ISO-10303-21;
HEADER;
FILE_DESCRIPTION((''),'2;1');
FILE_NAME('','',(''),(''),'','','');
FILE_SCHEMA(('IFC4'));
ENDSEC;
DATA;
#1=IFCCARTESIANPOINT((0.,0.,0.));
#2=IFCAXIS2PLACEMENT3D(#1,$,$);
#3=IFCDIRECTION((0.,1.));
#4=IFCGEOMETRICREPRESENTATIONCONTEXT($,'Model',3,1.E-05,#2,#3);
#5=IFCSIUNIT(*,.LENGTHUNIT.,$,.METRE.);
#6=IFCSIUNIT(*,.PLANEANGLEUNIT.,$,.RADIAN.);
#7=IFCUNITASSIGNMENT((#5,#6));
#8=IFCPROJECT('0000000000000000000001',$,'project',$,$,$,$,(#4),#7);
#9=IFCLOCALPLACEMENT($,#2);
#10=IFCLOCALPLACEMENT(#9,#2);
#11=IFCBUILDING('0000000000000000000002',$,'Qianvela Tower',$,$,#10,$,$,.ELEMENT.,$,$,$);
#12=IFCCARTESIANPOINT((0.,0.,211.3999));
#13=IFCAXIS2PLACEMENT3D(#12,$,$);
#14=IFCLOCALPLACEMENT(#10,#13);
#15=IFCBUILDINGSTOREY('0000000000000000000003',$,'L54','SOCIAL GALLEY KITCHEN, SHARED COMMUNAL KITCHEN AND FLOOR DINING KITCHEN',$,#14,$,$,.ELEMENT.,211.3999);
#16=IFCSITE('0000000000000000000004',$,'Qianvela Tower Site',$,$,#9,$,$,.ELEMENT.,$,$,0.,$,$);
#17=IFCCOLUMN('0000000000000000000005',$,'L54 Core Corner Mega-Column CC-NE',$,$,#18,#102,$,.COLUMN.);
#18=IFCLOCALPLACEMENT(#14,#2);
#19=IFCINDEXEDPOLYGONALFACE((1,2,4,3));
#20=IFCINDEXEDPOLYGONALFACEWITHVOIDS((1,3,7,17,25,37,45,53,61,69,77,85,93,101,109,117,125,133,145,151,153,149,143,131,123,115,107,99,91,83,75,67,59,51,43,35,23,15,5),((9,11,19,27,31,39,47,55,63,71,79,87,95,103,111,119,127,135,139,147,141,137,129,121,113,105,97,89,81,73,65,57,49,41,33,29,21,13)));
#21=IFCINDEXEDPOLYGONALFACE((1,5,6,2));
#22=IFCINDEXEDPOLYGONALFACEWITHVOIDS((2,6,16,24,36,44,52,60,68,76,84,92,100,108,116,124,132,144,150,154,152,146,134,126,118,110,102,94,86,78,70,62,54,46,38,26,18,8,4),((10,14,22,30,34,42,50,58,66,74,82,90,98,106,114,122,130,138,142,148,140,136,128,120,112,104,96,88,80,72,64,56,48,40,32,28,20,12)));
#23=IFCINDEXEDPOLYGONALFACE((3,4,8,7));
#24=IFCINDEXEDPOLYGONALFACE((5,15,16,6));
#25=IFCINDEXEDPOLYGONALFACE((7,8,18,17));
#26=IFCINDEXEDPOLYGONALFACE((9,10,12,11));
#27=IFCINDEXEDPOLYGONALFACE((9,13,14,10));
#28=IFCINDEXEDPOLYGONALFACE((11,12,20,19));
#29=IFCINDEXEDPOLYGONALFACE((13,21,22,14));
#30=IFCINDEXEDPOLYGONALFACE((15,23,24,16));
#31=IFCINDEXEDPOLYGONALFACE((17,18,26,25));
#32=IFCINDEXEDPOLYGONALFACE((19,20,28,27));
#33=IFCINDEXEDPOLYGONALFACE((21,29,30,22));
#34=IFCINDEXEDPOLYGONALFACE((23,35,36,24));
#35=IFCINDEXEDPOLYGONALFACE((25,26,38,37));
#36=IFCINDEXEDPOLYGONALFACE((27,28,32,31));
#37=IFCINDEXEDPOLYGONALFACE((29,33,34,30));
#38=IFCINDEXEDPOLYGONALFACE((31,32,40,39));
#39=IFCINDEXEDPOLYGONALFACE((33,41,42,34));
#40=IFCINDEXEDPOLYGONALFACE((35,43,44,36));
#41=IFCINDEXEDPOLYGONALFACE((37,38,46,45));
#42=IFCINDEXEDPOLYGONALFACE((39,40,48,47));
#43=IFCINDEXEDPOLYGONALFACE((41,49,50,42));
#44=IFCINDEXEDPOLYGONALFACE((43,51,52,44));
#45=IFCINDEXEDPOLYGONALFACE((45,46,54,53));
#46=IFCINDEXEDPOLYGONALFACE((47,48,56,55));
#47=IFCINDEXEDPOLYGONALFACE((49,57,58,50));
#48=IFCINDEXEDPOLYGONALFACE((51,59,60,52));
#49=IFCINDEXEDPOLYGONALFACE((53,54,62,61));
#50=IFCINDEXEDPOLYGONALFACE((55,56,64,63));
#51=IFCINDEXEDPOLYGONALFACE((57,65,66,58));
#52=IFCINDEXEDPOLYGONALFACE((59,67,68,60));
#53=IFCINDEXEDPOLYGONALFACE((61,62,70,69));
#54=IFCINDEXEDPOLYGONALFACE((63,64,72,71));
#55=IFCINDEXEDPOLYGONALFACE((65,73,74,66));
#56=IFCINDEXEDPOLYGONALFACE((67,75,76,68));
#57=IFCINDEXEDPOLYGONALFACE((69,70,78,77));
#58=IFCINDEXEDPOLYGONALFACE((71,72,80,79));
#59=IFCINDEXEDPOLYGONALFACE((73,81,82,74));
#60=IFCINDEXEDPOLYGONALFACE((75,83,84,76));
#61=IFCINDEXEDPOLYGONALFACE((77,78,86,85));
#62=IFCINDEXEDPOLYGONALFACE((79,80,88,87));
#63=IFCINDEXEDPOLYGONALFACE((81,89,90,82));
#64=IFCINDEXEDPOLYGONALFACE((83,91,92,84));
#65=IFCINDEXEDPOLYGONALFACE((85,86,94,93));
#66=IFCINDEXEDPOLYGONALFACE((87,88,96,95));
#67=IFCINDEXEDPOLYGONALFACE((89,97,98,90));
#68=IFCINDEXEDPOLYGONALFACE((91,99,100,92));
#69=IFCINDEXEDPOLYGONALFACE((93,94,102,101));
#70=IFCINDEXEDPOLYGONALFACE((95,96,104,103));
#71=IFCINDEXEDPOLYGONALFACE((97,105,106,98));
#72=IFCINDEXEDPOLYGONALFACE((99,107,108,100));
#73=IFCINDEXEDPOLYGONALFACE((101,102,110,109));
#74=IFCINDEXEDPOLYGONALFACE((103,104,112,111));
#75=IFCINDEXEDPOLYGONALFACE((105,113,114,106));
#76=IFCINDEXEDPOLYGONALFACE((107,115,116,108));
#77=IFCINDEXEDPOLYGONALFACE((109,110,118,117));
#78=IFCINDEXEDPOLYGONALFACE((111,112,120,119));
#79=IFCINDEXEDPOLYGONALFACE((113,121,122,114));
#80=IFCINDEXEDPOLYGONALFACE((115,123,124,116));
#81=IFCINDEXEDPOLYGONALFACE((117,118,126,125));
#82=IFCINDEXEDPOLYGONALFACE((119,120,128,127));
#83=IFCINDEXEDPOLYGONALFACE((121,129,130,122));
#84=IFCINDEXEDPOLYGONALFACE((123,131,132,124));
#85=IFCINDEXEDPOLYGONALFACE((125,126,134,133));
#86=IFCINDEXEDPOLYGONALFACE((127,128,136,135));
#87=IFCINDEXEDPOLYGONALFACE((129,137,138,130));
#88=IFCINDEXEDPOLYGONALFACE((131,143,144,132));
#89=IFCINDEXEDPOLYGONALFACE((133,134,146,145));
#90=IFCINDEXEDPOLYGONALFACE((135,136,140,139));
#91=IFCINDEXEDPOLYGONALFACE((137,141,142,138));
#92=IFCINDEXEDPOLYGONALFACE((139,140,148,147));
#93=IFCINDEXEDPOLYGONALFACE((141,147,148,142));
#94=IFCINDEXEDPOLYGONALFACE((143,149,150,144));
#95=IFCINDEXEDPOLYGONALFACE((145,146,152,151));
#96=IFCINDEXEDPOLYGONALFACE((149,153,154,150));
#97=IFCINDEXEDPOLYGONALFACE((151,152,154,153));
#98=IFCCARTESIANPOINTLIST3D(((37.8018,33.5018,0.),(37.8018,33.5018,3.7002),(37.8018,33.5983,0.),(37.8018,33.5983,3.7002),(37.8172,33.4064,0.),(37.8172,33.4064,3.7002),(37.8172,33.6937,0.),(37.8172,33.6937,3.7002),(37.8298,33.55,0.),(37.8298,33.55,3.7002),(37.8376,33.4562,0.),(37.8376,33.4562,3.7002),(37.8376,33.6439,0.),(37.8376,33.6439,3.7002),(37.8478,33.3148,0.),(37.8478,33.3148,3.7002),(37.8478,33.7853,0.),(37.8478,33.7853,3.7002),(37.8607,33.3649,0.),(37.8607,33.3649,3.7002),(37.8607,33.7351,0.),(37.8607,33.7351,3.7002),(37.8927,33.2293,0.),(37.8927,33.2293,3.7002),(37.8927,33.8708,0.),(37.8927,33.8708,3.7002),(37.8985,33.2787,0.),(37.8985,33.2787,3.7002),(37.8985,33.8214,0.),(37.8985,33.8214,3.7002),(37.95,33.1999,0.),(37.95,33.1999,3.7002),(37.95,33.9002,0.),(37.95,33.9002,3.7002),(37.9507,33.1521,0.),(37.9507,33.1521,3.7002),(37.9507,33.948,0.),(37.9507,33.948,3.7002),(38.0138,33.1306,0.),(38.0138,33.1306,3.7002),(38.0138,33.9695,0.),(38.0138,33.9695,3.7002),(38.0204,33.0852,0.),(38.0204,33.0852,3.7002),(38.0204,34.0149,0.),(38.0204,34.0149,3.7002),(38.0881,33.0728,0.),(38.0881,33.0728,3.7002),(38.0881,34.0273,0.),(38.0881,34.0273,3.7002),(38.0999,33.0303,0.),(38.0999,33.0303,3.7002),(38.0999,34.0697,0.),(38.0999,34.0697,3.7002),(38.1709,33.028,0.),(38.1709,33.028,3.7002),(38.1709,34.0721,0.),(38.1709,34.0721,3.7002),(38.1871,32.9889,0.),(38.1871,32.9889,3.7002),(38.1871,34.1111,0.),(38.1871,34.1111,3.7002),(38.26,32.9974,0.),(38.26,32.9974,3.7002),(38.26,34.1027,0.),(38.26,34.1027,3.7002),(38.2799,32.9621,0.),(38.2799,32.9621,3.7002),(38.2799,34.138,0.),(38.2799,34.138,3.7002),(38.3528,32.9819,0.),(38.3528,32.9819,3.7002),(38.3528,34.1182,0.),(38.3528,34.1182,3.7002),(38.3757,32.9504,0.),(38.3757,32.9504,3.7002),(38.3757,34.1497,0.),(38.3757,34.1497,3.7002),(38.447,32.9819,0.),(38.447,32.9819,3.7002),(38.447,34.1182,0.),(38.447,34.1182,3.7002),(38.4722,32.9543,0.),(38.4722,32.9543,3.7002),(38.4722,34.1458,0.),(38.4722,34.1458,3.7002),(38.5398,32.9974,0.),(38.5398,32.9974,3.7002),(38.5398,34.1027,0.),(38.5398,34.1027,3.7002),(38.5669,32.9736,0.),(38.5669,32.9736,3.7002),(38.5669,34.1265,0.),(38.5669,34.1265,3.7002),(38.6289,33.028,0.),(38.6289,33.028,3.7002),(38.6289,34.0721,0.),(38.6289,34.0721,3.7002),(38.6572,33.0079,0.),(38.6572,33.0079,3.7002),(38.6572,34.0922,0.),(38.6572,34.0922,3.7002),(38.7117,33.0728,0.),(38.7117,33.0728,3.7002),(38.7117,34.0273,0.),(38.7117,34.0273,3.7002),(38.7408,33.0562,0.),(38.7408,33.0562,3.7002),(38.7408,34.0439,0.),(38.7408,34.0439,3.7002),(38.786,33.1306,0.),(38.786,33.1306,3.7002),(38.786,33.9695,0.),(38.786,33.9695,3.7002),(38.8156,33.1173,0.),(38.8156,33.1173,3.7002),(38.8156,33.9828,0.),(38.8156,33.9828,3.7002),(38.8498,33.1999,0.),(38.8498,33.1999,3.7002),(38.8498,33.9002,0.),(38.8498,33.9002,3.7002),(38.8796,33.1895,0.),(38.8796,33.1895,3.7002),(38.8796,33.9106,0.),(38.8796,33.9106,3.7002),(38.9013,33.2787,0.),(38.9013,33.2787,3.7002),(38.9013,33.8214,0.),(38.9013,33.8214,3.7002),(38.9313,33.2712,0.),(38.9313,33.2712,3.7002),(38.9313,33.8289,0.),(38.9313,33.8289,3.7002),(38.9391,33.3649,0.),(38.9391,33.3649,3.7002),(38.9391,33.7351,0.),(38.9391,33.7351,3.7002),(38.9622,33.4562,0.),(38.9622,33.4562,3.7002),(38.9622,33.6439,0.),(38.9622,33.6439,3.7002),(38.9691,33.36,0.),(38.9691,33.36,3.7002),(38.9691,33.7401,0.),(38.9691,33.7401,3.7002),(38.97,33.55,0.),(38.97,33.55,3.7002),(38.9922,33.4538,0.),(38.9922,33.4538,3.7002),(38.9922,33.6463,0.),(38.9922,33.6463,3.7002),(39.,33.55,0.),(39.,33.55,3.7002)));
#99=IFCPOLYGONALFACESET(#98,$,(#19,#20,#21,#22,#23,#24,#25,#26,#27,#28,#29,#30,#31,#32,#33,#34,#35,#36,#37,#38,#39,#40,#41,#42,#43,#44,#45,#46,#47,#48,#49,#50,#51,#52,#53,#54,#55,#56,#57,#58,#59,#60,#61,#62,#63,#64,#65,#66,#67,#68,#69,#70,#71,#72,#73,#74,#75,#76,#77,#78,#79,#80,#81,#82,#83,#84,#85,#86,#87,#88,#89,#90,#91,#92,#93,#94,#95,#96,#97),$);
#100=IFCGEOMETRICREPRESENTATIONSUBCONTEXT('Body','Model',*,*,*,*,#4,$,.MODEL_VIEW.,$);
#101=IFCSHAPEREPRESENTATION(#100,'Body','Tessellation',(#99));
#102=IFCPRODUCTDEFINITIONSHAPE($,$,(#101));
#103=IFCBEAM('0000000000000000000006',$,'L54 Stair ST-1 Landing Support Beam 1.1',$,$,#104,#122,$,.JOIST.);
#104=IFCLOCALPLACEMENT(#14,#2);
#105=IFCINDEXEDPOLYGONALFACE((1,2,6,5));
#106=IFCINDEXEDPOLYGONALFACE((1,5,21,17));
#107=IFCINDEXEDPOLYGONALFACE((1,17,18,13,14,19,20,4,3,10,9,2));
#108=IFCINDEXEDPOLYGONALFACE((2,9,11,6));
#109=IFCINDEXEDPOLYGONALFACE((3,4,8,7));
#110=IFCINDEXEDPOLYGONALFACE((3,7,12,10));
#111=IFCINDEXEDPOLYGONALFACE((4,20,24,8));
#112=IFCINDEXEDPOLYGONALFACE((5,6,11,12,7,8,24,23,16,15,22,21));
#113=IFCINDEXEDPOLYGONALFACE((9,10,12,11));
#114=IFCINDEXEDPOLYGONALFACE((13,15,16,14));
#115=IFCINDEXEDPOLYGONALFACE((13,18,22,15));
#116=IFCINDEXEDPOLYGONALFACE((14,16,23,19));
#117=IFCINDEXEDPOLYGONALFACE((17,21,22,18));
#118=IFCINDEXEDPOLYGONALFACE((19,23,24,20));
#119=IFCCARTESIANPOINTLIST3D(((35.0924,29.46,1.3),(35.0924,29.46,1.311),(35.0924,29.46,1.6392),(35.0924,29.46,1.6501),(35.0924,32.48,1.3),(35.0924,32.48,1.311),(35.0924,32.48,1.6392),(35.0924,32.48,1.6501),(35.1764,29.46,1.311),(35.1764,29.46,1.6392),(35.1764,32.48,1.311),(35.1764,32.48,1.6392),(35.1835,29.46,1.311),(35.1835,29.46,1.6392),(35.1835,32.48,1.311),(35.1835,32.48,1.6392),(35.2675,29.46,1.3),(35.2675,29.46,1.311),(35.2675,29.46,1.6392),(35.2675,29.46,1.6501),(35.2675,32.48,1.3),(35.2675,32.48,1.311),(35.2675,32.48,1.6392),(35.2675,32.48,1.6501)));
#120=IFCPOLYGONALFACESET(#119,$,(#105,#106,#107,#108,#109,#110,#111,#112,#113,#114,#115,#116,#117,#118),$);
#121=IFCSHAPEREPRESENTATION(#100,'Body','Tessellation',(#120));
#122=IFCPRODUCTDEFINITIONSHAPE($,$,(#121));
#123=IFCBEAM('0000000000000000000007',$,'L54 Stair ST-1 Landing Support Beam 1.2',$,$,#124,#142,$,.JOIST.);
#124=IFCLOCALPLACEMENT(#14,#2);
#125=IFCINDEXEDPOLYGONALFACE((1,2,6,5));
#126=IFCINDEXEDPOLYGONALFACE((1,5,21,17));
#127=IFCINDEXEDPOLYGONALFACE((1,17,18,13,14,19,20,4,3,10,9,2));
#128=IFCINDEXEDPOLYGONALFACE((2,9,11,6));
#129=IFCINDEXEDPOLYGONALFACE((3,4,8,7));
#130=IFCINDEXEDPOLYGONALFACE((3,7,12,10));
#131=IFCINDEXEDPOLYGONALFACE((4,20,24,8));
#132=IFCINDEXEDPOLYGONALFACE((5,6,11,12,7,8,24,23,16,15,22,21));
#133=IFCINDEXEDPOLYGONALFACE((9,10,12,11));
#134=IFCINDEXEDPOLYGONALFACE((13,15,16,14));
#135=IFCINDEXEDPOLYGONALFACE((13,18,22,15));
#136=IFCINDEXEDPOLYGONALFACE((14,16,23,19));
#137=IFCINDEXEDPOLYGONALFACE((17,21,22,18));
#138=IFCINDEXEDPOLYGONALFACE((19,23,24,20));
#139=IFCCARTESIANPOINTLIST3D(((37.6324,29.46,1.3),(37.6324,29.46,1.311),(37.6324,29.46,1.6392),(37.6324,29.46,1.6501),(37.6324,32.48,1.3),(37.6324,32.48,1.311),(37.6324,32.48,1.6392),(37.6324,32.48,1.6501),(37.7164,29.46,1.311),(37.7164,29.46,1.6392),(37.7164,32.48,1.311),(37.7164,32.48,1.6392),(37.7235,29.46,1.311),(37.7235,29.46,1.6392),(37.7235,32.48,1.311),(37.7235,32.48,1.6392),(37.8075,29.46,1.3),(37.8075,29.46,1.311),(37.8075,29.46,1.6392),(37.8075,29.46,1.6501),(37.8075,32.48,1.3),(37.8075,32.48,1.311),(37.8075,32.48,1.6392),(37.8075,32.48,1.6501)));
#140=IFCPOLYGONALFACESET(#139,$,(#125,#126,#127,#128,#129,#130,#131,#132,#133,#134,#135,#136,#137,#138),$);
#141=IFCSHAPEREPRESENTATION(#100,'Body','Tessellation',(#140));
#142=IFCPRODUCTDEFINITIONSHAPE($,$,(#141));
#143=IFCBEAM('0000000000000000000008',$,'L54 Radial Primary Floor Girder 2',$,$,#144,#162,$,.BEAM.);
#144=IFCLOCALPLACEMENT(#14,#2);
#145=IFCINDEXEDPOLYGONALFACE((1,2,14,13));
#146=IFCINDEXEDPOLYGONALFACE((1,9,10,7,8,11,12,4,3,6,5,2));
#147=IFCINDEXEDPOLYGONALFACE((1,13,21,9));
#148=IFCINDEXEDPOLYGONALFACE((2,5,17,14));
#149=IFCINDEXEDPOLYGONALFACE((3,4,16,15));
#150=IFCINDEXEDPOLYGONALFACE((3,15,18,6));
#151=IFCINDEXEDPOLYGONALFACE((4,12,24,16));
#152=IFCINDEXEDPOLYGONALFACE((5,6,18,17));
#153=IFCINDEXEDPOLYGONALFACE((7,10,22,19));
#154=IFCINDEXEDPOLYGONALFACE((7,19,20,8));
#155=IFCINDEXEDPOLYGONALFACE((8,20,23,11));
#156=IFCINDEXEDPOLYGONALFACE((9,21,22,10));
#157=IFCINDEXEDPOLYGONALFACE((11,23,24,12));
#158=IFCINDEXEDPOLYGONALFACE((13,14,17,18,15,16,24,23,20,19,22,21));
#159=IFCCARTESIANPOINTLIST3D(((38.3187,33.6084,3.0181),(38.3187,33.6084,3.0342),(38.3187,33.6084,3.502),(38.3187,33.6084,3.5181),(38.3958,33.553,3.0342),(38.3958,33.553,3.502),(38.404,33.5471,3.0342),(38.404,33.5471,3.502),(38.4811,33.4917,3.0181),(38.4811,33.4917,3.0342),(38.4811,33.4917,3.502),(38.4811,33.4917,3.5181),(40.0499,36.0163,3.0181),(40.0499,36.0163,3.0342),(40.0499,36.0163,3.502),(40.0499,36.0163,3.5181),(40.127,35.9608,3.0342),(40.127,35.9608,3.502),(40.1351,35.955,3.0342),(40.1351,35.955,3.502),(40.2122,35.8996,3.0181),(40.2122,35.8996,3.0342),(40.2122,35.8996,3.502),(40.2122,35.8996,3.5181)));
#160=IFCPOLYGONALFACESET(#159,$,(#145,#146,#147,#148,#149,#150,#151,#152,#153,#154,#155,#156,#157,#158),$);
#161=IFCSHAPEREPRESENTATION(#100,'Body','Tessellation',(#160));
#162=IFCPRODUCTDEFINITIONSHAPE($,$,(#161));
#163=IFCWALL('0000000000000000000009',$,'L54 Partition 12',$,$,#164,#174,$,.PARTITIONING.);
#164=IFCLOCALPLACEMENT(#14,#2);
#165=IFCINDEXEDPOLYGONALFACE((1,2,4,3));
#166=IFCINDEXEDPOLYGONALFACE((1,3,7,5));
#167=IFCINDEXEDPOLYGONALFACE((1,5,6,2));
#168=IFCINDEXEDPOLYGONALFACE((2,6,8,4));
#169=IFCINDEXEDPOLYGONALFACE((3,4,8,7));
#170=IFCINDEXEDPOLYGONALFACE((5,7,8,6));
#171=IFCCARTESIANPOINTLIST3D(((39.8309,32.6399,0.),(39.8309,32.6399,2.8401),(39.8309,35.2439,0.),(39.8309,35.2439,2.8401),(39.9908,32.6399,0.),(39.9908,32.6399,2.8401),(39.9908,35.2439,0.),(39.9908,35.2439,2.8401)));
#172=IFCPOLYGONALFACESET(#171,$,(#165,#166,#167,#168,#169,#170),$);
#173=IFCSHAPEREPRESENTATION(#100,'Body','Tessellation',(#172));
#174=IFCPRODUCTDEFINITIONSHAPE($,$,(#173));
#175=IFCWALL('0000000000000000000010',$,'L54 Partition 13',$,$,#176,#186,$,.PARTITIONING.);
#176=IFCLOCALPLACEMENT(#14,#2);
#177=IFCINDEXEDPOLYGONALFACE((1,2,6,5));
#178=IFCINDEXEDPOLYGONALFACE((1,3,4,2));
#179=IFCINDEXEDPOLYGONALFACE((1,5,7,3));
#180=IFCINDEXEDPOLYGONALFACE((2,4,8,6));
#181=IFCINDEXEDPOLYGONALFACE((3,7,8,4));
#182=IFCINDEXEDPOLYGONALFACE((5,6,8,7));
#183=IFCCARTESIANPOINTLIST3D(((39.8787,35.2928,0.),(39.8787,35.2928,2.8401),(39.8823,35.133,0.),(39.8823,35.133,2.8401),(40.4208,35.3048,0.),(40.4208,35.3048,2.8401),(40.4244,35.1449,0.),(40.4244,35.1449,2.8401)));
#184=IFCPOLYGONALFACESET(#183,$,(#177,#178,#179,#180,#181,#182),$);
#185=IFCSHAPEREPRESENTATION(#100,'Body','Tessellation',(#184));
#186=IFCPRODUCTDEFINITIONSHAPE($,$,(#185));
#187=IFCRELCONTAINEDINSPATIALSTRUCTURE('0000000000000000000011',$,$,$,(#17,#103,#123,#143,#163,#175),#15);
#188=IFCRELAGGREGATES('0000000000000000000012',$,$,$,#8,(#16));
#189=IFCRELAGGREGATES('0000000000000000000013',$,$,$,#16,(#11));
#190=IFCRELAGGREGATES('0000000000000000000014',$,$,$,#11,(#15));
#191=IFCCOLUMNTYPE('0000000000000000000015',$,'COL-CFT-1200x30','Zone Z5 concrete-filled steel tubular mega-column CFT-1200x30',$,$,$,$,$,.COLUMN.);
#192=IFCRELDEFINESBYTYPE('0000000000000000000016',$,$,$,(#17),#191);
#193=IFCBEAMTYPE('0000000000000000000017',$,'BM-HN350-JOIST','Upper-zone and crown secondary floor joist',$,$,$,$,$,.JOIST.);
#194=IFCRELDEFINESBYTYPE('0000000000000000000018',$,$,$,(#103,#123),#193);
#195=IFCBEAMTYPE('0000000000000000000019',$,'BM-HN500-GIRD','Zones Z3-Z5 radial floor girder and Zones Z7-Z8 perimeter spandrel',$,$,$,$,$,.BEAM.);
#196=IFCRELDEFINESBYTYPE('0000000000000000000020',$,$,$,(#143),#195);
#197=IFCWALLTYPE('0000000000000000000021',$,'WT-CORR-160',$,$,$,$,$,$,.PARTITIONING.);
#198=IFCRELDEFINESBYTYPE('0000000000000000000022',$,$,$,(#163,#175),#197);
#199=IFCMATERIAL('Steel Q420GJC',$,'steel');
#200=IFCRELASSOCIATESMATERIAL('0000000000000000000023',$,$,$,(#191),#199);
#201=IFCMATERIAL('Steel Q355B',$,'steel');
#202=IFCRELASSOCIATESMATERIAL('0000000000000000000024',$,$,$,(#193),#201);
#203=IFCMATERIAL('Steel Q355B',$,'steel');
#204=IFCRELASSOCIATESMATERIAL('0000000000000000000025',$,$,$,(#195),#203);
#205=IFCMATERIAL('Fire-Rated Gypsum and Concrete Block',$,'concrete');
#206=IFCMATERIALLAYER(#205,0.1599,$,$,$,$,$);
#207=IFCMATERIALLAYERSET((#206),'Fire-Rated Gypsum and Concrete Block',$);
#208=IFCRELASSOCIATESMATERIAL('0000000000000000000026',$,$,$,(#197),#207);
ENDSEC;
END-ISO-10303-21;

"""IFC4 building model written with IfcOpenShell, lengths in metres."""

from ifc_helpers import new_model, si_unit, direction, frame, frame_2d, origin, origin_2d, place, context, subcontext, project, spatial, rectangle, hollow_circle, i_section, extrude, material, layer, layer_set, material_profile, profile_set, type_object, element, save


model = new_model("IFC4")

# Units and contexts
model_context = context("Model", 3, precision=1e-05, world=origin(), true_north=direction((0.0, 1.0)))
body_context = subcontext(model_context, "Body", "Model", "MODEL_VIEW")
ifc_project = project(units=[si_unit("LENGTHUNIT", "METRE"), si_unit("PLANEANGLEUNIT", "RADIAN")], contexts=[model_context])

# Site, building, storey
site_placement = place(None, origin())
site = spatial("IfcSite", under=ifc_project, at=site_placement, Name="Qianvela Tower Site", CompositionType="ELEMENT", RefElevation=0.0)
building_placement = place(site_placement, origin())
building = spatial("IfcBuilding", under=site, at=building_placement, Name="Qianvela Tower", CompositionType="ELEMENT")
storey_placement = place(building_placement, frame((0.0, 0.0, 211.3999)))
storey = spatial("IfcBuildingStorey", under=building, at=storey_placement, Name="L54", Description="SOCIAL GALLEY KITCHEN, SHARED COMMUNAL KITCHEN AND FLOOR DINING KITCHEN", CompositionType="ELEMENT", Elevation=211.3999)

# Column
ifc_material_1 = material(Name="Steel Q420GJC", Category="steel")
ifc_material_profile_1 = material_profile(ifc_material_1, hollow_circle(Radius=0.6001, WallThickness=0.03, at=origin_2d()), Name="CFT-1200x30")
ifc_profile_set_1 = profile_set([ifc_material_profile_1], Name="Steel Q420GJC")
column_type = type_object("IfcColumnType", Name="COL-CFT-1200x30", Description="Zone Z5 concrete-filled steel tubular mega-column CFT-1200x30", PredefinedType="COLUMN", material=ifc_profile_set_1)
column_placement = place(storey_placement, frame((38.3999, 33.55, 0.0), z_axis=(0.0, 0.0, 1.0), x_axis=(1.0, 0.0, 0.0)))
element("IfcColumn", 1, at=column_placement, inside=storey, type_object=column_type, Name="L54 Core Corner Mega-Column CC-NE", PredefinedType="COLUMN", context=body_context, shape_type="SweptSolid", body=[
    extrude(hollow_circle(Radius=0.6001, WallThickness=0.03, at=origin_2d()), origin(), (0.0, 0.0, 1.0), 3.7002),
])

# Beams
ifc_material_2 = material(Name="Steel Q355B", Category="steel")
ifc_material_profile_2 = material_profile(ifc_material_2, i_section(OverallWidth=0.175, OverallDepth=0.3501, WebThickness=0.0071, FlangeThickness=0.011, at=origin_2d()), Name="HN350x175x7x11")
ifc_profile_set_2 = profile_set([ifc_material_profile_2], Name="Steel Q355B")
beam_type_1 = type_object("IfcBeamType", Name="BM-HN350-JOIST", Description="Upper-zone and crown secondary floor joist", PredefinedType="JOIST", material=ifc_profile_set_2)
for number, where, z_axis, x_axis, name in (
    (2, (35.1799, 29.46, 1.4751), (0.0, 1.0, 0.0), (-1.0, 0.0, 0.0), "L54 Stair ST-1 Landing Support Beam 1.1"),
    (3, (37.72, 29.46, 1.4751), (0.0, 1.0, 0.0), (-1.0, 0.0, 0.0), "L54 Stair ST-1 Landing Support Beam 1.2"),
):
    element("IfcBeam", number, at=place(storey_placement, frame(where, z_axis=z_axis, x_axis=x_axis)), inside=storey, type_object=beam_type_1, Name=name, PredefinedType="JOIST", context=body_context, shape_type="SweptSolid", body=[
        extrude(i_section(OverallWidth=0.175, OverallDepth=0.3501, WebThickness=0.0071, FlangeThickness=0.011, at=origin_2d()), origin(), (0.0, 0.0, 1.0), 3.02),
    ])
ifc_material_3 = material(Name="Steel Q355B", Category="steel")
ifc_material_profile_3 = material_profile(ifc_material_3, i_section(OverallWidth=0.2, OverallDepth=0.5, WebThickness=0.01, FlangeThickness=0.0161, at=origin_2d()), Name="HN500x200x10x16")
ifc_profile_set_3 = profile_set([ifc_material_profile_3], Name="Steel Q355B")
beam_type_2 = type_object("IfcBeamType", Name="BM-HN500-GIRD", Description="Zones Z3-Z5 radial floor girder and Zones Z7-Z8 perimeter spandrel", PredefinedType="BEAM", material=ifc_profile_set_3)
beam_placement = place(storey_placement, frame((38.3999, 33.55, 3.2681), z_axis=(0.583743, 0.811939, 0.0), x_axis=(-0.811939, 0.583743, 0.0)))
element("IfcBeam", 4, at=beam_placement, inside=storey, type_object=beam_type_2, Name="L54 Radial Primary Floor Girder 2", PredefinedType="BEAM", context=body_context, shape_type="SweptSolid", body=[
    extrude(i_section(OverallWidth=0.2, OverallDepth=0.5, WebThickness=0.01, FlangeThickness=0.0161, at=origin_2d()), origin(), (0.0, 0.0, 1.0), 2.9656),
])

# Walls
ifc_material_4 = material(Name="Fire-Rated Gypsum and Concrete Block", Category="concrete")
ifc_layer_1 = layer(ifc_material_4, 0.1599)
ifc_layer_set_1 = layer_set([ifc_layer_1], Name="Fire-Rated Gypsum and Concrete Block")
wall_type_1 = type_object("IfcWallType", Name="WT-CORR-160", PredefinedType="PARTITIONING", material=ifc_layer_set_1)
wall_1_placement = place(storey_placement, frame((39.9109, 32.6399, 0.0), z_axis=(0.0, 0.0, 1.0), x_axis=(0.0, 1.0, 0.0)))
element("IfcWall", 5, at=wall_1_placement, inside=storey, type_object=wall_type_1, Name="L54 Partition 12", PredefinedType="PARTITIONING", context=body_context, shape_type="SweptSolid", body=[
    extrude(rectangle(XDim=2.604, YDim=0.1599, at=frame_2d((1.302, 0.0))), origin(), (0.0, 0.0, 1.0), 2.8401),
])
wall_2_placement = place(storey_placement, frame((39.8806, 35.2129, 0.0), z_axis=(0.0, 0.0, 1.0), x_axis=(0.999757, 0.022067, 0.0)))
element("IfcWall", 6, at=wall_2_placement, inside=storey, type_object=wall_type_1, Name="L54 Partition 13", PredefinedType="PARTITIONING", context=body_context, shape_type="SweptSolid", body=[
    extrude(rectangle(XDim=0.5422, YDim=0.1599, at=frame_2d((0.271, 0.0))), origin(), (0.0, 0.0, 1.0), 2.8401),
])

save(model, "model.ifc")
